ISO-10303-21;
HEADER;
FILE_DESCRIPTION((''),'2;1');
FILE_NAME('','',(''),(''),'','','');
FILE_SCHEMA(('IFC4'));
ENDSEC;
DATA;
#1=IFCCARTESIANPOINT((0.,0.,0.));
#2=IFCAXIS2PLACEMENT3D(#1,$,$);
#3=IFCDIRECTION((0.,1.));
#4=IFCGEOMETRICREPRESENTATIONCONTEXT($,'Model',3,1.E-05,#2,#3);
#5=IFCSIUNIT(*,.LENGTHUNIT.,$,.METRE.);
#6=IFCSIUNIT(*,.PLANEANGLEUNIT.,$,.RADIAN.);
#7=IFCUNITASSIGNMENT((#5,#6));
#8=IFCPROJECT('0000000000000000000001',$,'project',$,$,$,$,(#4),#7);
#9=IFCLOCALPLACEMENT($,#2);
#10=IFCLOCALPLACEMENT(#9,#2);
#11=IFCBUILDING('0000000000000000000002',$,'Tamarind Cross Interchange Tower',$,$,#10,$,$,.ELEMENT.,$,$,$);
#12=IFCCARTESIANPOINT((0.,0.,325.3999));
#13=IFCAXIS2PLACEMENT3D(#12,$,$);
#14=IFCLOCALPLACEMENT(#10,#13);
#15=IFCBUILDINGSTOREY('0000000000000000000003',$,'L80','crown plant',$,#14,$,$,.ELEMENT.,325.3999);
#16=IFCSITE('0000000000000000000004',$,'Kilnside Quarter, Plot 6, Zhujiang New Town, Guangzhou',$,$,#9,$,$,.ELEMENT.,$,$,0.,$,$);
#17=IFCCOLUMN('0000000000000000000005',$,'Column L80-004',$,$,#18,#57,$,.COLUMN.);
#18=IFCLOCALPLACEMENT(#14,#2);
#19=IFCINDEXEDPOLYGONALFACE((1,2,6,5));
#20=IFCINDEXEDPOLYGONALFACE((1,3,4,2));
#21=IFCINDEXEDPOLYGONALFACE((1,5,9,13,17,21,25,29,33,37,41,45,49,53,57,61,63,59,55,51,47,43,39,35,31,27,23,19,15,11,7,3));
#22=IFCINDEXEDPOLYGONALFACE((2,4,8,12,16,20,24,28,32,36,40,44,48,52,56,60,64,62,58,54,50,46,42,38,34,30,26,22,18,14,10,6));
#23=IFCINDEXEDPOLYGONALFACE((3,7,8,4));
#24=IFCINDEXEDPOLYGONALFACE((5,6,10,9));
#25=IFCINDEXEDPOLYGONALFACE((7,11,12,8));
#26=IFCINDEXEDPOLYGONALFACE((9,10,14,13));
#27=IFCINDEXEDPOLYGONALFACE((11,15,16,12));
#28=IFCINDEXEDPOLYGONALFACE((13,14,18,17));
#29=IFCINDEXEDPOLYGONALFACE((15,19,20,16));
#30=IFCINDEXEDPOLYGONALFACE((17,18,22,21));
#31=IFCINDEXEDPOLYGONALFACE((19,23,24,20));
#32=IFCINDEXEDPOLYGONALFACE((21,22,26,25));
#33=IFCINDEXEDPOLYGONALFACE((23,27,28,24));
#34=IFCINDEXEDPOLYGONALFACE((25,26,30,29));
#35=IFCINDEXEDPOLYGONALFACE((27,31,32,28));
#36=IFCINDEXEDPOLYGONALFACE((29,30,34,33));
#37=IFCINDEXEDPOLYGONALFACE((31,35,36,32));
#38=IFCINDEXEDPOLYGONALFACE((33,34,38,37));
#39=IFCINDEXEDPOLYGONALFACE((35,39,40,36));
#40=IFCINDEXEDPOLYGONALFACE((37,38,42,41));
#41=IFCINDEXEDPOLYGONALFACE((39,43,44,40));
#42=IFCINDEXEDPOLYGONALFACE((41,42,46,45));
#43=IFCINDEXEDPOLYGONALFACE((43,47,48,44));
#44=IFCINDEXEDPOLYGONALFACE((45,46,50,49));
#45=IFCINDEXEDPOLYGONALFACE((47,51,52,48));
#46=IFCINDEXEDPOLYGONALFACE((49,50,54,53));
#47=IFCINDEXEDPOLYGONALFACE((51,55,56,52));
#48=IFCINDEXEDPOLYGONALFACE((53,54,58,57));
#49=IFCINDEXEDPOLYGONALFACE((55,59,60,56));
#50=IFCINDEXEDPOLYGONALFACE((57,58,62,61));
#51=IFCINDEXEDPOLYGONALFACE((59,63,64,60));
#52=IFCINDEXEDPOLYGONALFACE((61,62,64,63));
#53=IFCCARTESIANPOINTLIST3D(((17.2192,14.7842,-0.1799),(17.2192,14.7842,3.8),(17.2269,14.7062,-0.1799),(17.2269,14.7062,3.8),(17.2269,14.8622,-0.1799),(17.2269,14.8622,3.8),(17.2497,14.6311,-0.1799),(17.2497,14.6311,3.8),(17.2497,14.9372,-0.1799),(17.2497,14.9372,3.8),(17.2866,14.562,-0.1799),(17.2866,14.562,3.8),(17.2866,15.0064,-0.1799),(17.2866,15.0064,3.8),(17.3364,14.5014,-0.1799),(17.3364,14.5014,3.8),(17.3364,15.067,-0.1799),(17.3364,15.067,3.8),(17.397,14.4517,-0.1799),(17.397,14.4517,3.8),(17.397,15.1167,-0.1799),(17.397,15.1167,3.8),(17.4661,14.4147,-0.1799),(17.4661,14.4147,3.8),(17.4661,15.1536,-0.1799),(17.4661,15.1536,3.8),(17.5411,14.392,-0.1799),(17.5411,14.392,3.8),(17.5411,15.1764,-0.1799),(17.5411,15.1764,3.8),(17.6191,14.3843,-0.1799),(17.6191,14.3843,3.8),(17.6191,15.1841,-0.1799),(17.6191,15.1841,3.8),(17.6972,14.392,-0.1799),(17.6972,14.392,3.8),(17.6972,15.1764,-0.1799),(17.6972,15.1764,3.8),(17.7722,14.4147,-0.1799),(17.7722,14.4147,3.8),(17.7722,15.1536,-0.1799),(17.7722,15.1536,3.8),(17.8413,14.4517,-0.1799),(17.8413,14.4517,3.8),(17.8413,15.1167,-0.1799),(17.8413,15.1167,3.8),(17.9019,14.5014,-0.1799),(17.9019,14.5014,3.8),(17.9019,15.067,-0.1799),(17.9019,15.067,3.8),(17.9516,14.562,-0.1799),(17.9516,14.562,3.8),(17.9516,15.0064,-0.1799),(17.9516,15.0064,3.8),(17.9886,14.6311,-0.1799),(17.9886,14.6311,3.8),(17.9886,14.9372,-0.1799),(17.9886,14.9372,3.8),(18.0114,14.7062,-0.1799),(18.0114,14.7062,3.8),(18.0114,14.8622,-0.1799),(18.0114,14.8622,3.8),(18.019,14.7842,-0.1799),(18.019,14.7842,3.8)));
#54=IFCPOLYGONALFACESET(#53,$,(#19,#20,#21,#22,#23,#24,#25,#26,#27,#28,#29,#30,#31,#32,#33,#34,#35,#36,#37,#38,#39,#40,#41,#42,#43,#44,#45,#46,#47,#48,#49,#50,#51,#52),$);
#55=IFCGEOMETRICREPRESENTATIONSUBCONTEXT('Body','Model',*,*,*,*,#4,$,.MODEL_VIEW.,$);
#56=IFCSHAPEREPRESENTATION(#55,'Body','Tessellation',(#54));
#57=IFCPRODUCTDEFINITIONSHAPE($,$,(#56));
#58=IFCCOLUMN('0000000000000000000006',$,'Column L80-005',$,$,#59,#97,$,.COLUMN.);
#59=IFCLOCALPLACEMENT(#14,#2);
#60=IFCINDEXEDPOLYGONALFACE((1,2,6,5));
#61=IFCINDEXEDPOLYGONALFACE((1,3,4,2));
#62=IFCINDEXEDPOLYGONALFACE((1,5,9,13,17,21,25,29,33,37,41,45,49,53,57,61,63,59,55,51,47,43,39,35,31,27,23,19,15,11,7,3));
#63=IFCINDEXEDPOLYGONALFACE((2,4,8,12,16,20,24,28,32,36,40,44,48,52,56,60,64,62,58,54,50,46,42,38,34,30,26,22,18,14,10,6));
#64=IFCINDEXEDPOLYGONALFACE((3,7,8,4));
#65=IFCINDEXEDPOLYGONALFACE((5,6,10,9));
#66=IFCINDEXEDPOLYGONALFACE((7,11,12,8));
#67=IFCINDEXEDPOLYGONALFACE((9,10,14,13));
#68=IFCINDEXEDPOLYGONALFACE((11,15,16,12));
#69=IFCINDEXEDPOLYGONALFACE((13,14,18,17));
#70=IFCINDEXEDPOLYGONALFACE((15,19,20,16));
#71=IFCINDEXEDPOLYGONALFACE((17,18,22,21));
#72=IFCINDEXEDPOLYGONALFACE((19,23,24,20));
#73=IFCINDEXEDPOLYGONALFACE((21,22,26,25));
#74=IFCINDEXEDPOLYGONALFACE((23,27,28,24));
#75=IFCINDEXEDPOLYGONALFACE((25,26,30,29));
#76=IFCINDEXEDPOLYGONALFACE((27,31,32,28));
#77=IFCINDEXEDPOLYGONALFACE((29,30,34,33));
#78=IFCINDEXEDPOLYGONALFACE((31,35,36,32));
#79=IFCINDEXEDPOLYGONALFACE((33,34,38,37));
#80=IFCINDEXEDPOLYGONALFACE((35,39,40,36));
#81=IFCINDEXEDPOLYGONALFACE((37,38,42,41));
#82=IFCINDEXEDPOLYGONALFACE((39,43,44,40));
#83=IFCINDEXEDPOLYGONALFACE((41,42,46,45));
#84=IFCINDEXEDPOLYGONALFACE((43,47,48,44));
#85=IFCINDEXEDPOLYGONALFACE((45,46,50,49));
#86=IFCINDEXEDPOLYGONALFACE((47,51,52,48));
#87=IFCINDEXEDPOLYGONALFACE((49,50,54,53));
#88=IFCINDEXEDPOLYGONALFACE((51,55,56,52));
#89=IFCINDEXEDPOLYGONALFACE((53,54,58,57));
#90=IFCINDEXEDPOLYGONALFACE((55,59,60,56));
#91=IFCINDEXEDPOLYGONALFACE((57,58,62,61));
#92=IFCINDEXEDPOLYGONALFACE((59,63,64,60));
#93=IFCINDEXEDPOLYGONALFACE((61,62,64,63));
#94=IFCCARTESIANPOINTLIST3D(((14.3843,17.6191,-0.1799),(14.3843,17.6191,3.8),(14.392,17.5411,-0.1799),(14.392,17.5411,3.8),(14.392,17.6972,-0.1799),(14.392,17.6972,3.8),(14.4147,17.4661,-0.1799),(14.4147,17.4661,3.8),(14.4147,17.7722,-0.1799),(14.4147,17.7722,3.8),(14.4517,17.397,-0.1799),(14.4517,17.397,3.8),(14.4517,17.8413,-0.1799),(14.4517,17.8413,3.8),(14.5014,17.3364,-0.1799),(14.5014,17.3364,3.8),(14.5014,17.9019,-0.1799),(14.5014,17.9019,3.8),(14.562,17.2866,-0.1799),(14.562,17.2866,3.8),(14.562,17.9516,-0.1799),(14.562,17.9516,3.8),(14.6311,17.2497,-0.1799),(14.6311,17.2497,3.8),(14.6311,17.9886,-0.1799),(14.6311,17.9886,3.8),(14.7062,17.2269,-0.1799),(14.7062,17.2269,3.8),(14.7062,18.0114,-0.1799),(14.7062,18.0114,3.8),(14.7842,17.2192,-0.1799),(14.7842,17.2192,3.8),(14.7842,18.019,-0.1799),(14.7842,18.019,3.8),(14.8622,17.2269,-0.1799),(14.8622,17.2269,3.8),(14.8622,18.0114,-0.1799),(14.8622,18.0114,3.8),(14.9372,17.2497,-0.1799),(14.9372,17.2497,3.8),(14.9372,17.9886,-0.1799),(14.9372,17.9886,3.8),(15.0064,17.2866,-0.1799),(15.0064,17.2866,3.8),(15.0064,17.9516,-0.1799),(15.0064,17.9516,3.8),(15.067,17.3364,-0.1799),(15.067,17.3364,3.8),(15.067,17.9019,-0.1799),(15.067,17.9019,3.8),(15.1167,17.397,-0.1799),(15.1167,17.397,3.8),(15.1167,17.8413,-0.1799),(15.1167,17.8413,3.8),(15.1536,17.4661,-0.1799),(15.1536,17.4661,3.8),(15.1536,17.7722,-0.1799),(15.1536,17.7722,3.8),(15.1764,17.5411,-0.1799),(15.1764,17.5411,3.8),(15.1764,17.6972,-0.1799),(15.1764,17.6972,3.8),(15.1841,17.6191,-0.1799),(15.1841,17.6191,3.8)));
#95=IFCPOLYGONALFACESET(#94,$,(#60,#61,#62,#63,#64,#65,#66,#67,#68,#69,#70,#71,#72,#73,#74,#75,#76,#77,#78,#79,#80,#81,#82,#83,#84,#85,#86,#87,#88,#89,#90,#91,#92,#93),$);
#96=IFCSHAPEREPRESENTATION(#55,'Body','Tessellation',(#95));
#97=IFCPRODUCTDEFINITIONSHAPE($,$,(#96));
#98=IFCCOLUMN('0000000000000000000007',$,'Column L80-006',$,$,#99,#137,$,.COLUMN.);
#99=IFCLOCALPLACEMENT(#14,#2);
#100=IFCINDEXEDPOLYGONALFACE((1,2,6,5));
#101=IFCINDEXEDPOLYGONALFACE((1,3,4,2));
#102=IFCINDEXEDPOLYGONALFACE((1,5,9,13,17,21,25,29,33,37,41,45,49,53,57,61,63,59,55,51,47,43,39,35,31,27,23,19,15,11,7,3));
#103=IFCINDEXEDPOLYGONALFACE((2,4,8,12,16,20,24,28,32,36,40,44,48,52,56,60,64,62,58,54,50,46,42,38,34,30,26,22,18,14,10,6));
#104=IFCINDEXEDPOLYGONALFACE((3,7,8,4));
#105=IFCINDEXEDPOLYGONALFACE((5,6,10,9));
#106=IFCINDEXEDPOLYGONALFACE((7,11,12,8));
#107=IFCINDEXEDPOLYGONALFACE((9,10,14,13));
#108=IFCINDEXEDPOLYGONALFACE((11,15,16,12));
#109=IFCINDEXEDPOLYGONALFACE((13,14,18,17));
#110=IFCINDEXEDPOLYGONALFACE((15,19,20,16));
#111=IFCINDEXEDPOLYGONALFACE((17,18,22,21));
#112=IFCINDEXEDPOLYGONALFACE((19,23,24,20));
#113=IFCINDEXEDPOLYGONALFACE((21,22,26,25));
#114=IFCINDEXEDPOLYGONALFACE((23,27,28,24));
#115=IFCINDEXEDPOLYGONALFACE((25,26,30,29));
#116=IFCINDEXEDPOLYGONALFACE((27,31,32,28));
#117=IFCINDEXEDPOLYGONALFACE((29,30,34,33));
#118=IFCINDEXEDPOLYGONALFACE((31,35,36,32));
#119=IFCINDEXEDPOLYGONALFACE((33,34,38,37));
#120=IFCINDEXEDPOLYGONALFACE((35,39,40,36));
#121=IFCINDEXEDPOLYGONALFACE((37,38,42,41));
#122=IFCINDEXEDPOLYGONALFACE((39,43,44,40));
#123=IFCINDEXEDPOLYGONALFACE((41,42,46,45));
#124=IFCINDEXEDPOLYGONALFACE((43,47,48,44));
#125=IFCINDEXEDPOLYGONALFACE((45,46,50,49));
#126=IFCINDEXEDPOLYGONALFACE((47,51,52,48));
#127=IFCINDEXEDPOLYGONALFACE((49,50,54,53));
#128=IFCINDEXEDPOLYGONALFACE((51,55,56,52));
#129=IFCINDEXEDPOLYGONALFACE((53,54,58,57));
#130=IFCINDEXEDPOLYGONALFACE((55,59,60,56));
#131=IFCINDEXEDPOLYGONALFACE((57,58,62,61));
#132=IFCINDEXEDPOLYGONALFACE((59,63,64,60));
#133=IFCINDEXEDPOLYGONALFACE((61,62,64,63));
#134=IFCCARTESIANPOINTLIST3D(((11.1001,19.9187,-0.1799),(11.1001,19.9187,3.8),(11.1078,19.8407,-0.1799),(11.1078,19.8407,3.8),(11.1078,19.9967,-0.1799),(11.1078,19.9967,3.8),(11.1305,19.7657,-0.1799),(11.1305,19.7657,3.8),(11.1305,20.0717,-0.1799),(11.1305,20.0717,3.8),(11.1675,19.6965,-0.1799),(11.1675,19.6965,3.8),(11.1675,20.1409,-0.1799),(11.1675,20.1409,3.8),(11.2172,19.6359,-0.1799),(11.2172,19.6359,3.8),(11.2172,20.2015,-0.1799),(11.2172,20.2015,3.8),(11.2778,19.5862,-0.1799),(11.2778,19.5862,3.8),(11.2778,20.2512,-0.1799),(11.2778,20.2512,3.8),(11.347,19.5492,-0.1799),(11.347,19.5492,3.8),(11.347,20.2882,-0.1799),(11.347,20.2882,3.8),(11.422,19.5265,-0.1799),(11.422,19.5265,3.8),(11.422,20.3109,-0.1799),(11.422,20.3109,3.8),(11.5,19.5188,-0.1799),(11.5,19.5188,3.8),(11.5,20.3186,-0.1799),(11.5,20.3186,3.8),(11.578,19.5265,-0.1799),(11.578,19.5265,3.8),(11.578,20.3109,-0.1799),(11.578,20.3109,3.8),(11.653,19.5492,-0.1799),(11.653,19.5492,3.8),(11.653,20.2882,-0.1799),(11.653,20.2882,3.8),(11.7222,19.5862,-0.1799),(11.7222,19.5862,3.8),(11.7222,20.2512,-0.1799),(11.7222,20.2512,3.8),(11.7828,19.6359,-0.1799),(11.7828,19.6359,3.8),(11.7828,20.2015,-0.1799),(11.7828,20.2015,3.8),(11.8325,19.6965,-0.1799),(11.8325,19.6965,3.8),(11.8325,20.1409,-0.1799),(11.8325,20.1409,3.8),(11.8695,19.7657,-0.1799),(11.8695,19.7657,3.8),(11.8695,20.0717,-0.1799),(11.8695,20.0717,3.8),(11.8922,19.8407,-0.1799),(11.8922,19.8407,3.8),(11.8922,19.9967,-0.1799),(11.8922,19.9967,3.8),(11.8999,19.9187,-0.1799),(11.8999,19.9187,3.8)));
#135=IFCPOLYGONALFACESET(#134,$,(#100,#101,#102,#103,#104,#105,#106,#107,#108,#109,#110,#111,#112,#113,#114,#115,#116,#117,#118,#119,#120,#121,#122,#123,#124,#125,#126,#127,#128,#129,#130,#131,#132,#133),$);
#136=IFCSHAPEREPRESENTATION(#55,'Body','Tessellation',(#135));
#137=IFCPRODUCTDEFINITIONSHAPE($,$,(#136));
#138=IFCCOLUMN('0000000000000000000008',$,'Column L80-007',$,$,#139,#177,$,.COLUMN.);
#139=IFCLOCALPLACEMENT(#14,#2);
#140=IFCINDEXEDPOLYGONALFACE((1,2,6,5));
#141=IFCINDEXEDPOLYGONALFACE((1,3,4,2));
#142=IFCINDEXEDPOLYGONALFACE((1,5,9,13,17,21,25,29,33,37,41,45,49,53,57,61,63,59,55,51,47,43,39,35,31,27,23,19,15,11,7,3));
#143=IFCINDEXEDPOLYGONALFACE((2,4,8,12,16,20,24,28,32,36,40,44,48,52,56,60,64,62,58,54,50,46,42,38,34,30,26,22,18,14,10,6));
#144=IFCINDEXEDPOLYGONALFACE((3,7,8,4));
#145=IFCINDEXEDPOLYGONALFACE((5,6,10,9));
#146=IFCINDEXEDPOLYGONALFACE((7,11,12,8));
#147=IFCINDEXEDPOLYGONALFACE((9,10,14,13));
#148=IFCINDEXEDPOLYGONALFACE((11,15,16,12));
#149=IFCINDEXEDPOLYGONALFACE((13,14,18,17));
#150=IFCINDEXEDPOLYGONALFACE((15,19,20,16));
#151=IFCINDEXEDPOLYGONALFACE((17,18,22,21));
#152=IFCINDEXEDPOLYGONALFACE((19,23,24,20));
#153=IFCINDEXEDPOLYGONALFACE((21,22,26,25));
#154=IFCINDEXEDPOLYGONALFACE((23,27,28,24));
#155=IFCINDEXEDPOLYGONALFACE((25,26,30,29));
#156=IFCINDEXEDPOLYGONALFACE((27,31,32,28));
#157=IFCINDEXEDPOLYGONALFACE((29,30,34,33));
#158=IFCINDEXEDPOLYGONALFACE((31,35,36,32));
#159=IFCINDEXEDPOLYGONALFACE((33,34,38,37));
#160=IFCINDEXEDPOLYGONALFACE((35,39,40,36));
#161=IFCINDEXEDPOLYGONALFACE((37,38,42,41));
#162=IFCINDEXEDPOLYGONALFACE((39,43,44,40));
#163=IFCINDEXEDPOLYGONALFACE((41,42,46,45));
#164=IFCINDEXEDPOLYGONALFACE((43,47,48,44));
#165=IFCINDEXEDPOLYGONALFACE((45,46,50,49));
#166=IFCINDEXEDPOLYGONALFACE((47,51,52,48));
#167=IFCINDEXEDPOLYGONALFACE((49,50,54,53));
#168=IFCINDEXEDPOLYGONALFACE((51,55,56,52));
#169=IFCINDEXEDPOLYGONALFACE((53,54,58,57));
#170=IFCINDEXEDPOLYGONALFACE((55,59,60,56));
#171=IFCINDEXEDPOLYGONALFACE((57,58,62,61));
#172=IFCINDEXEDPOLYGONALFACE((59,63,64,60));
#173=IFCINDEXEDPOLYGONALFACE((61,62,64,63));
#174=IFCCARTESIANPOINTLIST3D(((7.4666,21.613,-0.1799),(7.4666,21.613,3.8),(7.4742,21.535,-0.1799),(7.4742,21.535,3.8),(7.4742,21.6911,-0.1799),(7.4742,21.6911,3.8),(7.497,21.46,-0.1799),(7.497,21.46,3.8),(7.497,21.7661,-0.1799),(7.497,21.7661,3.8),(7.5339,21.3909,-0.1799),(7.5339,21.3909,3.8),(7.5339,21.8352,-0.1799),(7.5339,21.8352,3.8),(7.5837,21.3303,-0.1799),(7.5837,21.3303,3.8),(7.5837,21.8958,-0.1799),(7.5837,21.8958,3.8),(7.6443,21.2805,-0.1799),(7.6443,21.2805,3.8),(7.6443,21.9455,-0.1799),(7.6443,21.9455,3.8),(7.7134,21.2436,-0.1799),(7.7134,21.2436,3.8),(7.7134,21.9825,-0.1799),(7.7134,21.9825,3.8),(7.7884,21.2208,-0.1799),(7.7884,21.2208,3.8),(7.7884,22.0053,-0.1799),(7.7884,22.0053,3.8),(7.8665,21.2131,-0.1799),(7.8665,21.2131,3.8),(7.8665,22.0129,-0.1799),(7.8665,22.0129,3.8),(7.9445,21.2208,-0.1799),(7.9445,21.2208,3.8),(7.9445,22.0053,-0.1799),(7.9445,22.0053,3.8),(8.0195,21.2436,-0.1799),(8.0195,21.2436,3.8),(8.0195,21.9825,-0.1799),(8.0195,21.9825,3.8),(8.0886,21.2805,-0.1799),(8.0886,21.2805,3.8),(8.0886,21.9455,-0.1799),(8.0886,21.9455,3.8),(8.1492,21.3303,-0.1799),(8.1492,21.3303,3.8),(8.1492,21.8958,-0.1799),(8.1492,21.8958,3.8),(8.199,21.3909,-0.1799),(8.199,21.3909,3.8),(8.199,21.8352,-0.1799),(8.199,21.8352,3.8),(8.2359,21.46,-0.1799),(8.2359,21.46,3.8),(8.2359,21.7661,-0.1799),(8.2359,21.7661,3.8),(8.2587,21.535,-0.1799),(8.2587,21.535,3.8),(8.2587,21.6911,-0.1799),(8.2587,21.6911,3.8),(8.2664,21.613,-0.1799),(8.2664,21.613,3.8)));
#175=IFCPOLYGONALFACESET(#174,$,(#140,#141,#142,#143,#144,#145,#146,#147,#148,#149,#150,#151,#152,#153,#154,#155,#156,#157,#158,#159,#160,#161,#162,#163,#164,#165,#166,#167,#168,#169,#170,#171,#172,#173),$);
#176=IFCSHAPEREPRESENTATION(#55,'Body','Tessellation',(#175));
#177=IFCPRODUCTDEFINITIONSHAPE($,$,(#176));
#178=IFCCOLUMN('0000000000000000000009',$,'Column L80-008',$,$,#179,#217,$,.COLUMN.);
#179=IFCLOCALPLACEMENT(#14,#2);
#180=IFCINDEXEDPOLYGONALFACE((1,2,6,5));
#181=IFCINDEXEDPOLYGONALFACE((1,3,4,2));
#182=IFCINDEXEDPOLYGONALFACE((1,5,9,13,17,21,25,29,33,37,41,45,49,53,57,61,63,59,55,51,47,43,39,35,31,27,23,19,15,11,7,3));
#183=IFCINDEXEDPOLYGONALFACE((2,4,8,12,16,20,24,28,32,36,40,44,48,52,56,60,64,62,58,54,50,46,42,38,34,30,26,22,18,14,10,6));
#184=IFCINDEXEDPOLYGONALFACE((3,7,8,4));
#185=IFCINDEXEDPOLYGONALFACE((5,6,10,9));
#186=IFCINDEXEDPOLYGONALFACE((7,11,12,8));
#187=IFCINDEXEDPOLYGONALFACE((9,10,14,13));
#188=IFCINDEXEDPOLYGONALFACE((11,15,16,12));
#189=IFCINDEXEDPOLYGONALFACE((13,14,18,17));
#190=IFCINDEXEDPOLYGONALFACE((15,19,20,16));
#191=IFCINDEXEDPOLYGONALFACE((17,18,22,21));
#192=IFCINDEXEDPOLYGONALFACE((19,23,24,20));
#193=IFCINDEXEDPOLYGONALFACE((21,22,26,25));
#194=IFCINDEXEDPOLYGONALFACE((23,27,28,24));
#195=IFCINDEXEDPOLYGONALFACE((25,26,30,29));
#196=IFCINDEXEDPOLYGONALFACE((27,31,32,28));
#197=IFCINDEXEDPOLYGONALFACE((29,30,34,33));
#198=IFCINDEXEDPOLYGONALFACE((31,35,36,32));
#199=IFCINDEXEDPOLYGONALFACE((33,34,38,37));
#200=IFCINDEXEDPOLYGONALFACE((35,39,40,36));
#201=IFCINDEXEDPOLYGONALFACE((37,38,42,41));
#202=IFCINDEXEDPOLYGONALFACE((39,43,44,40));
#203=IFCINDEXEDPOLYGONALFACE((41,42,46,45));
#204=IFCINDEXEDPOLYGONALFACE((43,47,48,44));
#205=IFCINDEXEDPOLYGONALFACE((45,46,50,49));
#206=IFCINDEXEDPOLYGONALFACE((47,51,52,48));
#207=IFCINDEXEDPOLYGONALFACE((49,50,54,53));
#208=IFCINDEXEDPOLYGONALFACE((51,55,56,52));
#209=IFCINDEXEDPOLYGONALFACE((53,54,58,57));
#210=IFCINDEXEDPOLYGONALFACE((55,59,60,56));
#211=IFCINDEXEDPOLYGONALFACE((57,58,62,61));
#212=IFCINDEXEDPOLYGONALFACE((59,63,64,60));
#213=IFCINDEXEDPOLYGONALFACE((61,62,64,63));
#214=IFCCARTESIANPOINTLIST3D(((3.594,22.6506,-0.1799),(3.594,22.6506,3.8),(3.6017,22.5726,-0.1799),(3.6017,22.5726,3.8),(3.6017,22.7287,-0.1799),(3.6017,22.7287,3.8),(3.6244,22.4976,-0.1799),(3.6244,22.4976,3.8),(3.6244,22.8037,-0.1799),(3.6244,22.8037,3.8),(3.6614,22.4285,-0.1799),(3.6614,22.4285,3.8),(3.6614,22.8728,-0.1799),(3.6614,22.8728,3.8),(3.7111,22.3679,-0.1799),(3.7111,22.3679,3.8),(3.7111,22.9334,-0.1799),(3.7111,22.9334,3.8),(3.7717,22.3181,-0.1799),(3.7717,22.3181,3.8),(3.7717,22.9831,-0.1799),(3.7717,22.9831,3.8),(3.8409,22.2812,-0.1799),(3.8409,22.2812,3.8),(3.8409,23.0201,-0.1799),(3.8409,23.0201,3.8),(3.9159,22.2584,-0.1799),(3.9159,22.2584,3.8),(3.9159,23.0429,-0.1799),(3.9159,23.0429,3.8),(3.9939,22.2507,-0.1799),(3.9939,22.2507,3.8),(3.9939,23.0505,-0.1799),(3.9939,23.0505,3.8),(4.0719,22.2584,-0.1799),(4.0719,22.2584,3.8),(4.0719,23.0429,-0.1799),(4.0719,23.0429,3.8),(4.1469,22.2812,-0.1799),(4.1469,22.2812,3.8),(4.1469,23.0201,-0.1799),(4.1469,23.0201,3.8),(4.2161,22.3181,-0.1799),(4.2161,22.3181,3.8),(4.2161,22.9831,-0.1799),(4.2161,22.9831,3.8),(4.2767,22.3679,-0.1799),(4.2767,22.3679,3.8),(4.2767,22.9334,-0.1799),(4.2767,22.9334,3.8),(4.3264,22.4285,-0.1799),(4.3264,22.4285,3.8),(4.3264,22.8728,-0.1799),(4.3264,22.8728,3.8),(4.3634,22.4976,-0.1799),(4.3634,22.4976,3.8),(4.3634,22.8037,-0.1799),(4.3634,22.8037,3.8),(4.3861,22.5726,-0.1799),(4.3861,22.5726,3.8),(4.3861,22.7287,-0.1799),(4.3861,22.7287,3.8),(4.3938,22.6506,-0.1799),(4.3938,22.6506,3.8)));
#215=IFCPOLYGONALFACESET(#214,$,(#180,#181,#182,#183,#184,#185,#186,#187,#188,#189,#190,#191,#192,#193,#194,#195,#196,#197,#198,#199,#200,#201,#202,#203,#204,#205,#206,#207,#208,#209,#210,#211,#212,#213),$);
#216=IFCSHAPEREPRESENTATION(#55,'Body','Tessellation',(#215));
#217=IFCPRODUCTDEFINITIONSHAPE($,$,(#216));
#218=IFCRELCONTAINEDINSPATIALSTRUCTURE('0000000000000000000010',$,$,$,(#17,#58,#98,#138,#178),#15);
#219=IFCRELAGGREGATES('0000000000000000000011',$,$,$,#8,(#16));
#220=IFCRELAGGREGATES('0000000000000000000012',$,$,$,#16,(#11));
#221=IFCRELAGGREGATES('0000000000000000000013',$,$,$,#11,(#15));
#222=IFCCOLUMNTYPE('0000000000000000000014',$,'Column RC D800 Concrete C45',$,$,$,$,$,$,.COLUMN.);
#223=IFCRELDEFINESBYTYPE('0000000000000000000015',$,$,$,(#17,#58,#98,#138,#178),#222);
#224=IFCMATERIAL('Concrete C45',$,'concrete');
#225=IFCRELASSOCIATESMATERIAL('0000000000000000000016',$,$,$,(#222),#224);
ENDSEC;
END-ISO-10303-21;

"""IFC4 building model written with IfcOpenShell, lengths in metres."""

from ifc_helpers import new_model, si_unit, direction, frame, origin, origin_2d, place, context, subcontext, project, spatial, circle, extrude, material, material_profile, profile_set, type_object, element, save


model = new_model("IFC4")

# Units and contexts
model_context = context("Model", 3, precision=1e-05, world=origin(), true_north=direction((0.0, 1.0)))
body_context = subcontext(model_context, "Body", "Model", "MODEL_VIEW")
ifc_project = project(units=[si_unit("LENGTHUNIT", "METRE"), si_unit("PLANEANGLEUNIT", "RADIAN")], contexts=[model_context])

# Site, building, storey
site_placement = place(None, origin())
site = spatial("IfcSite", under=ifc_project, at=site_placement, Name="Kilnside Quarter, Plot 6, Zhujiang New Town, Guangzhou", CompositionType="ELEMENT", RefElevation=0.0)
building_placement = place(site_placement, origin())
building = spatial("IfcBuilding", under=site, at=building_placement, Name="Tamarind Cross Interchange Tower", CompositionType="ELEMENT")
storey_placement = place(building_placement, frame((0.0, 0.0, 325.3999)))
storey = spatial("IfcBuildingStorey", under=building, at=storey_placement, Name="L80", Description="crown plant", CompositionType="ELEMENT", Elevation=325.3999)

# Columns
ifc_material_1 = material(Name="Concrete C45", Category="concrete")
ifc_material_profile_1 = material_profile(ifc_material_1, circle(Radius=0.3999, at=origin_2d()), Name="RC D800")
ifc_profile_set_1 = profile_set([ifc_material_profile_1], Name="Concrete C45")
column_type = type_object("IfcColumnType", Name="Column RC D800 Concrete C45", PredefinedType="COLUMN", material=ifc_profile_set_1)
for number, where, z_axis, x_axis, name in (
    (1, (17.6191, 14.7842, -0.1799), (0.0, 0.0, 1.0), (1.0, 0.0, 0.0), "Column L80-004"),
    (2, (14.7842, 17.6191, -0.1799), (0.0, 0.0, 1.0), (1.0, 0.0, 0.0), "Column L80-005"),
    (3, (11.5, 19.9187, -0.1799), (0.0, 0.0, 1.0), (1.0, 0.0, 0.0), "Column L80-006"),
    (4, (7.8665, 21.613, -0.1799), (0.0, 0.0, 1.0), (1.0, 0.0, 0.0), "Column L80-007"),
    (5, (3.9939, 22.6506, -0.1799), (0.0, 0.0, 1.0), (1.0, 0.0, 0.0), "Column L80-008"),
):
    element("IfcColumn", number, at=place(storey_placement, frame(where, z_axis=z_axis, x_axis=x_axis)), inside=storey, type_object=column_type, Name=name, PredefinedType="COLUMN", context=body_context, shape_type="SweptSolid", body=[
        extrude(circle(Radius=0.3999, at=origin_2d()), origin(), (0.0, 0.0, 1.0), 3.98),
    ])

save(model, "model.ifc")
